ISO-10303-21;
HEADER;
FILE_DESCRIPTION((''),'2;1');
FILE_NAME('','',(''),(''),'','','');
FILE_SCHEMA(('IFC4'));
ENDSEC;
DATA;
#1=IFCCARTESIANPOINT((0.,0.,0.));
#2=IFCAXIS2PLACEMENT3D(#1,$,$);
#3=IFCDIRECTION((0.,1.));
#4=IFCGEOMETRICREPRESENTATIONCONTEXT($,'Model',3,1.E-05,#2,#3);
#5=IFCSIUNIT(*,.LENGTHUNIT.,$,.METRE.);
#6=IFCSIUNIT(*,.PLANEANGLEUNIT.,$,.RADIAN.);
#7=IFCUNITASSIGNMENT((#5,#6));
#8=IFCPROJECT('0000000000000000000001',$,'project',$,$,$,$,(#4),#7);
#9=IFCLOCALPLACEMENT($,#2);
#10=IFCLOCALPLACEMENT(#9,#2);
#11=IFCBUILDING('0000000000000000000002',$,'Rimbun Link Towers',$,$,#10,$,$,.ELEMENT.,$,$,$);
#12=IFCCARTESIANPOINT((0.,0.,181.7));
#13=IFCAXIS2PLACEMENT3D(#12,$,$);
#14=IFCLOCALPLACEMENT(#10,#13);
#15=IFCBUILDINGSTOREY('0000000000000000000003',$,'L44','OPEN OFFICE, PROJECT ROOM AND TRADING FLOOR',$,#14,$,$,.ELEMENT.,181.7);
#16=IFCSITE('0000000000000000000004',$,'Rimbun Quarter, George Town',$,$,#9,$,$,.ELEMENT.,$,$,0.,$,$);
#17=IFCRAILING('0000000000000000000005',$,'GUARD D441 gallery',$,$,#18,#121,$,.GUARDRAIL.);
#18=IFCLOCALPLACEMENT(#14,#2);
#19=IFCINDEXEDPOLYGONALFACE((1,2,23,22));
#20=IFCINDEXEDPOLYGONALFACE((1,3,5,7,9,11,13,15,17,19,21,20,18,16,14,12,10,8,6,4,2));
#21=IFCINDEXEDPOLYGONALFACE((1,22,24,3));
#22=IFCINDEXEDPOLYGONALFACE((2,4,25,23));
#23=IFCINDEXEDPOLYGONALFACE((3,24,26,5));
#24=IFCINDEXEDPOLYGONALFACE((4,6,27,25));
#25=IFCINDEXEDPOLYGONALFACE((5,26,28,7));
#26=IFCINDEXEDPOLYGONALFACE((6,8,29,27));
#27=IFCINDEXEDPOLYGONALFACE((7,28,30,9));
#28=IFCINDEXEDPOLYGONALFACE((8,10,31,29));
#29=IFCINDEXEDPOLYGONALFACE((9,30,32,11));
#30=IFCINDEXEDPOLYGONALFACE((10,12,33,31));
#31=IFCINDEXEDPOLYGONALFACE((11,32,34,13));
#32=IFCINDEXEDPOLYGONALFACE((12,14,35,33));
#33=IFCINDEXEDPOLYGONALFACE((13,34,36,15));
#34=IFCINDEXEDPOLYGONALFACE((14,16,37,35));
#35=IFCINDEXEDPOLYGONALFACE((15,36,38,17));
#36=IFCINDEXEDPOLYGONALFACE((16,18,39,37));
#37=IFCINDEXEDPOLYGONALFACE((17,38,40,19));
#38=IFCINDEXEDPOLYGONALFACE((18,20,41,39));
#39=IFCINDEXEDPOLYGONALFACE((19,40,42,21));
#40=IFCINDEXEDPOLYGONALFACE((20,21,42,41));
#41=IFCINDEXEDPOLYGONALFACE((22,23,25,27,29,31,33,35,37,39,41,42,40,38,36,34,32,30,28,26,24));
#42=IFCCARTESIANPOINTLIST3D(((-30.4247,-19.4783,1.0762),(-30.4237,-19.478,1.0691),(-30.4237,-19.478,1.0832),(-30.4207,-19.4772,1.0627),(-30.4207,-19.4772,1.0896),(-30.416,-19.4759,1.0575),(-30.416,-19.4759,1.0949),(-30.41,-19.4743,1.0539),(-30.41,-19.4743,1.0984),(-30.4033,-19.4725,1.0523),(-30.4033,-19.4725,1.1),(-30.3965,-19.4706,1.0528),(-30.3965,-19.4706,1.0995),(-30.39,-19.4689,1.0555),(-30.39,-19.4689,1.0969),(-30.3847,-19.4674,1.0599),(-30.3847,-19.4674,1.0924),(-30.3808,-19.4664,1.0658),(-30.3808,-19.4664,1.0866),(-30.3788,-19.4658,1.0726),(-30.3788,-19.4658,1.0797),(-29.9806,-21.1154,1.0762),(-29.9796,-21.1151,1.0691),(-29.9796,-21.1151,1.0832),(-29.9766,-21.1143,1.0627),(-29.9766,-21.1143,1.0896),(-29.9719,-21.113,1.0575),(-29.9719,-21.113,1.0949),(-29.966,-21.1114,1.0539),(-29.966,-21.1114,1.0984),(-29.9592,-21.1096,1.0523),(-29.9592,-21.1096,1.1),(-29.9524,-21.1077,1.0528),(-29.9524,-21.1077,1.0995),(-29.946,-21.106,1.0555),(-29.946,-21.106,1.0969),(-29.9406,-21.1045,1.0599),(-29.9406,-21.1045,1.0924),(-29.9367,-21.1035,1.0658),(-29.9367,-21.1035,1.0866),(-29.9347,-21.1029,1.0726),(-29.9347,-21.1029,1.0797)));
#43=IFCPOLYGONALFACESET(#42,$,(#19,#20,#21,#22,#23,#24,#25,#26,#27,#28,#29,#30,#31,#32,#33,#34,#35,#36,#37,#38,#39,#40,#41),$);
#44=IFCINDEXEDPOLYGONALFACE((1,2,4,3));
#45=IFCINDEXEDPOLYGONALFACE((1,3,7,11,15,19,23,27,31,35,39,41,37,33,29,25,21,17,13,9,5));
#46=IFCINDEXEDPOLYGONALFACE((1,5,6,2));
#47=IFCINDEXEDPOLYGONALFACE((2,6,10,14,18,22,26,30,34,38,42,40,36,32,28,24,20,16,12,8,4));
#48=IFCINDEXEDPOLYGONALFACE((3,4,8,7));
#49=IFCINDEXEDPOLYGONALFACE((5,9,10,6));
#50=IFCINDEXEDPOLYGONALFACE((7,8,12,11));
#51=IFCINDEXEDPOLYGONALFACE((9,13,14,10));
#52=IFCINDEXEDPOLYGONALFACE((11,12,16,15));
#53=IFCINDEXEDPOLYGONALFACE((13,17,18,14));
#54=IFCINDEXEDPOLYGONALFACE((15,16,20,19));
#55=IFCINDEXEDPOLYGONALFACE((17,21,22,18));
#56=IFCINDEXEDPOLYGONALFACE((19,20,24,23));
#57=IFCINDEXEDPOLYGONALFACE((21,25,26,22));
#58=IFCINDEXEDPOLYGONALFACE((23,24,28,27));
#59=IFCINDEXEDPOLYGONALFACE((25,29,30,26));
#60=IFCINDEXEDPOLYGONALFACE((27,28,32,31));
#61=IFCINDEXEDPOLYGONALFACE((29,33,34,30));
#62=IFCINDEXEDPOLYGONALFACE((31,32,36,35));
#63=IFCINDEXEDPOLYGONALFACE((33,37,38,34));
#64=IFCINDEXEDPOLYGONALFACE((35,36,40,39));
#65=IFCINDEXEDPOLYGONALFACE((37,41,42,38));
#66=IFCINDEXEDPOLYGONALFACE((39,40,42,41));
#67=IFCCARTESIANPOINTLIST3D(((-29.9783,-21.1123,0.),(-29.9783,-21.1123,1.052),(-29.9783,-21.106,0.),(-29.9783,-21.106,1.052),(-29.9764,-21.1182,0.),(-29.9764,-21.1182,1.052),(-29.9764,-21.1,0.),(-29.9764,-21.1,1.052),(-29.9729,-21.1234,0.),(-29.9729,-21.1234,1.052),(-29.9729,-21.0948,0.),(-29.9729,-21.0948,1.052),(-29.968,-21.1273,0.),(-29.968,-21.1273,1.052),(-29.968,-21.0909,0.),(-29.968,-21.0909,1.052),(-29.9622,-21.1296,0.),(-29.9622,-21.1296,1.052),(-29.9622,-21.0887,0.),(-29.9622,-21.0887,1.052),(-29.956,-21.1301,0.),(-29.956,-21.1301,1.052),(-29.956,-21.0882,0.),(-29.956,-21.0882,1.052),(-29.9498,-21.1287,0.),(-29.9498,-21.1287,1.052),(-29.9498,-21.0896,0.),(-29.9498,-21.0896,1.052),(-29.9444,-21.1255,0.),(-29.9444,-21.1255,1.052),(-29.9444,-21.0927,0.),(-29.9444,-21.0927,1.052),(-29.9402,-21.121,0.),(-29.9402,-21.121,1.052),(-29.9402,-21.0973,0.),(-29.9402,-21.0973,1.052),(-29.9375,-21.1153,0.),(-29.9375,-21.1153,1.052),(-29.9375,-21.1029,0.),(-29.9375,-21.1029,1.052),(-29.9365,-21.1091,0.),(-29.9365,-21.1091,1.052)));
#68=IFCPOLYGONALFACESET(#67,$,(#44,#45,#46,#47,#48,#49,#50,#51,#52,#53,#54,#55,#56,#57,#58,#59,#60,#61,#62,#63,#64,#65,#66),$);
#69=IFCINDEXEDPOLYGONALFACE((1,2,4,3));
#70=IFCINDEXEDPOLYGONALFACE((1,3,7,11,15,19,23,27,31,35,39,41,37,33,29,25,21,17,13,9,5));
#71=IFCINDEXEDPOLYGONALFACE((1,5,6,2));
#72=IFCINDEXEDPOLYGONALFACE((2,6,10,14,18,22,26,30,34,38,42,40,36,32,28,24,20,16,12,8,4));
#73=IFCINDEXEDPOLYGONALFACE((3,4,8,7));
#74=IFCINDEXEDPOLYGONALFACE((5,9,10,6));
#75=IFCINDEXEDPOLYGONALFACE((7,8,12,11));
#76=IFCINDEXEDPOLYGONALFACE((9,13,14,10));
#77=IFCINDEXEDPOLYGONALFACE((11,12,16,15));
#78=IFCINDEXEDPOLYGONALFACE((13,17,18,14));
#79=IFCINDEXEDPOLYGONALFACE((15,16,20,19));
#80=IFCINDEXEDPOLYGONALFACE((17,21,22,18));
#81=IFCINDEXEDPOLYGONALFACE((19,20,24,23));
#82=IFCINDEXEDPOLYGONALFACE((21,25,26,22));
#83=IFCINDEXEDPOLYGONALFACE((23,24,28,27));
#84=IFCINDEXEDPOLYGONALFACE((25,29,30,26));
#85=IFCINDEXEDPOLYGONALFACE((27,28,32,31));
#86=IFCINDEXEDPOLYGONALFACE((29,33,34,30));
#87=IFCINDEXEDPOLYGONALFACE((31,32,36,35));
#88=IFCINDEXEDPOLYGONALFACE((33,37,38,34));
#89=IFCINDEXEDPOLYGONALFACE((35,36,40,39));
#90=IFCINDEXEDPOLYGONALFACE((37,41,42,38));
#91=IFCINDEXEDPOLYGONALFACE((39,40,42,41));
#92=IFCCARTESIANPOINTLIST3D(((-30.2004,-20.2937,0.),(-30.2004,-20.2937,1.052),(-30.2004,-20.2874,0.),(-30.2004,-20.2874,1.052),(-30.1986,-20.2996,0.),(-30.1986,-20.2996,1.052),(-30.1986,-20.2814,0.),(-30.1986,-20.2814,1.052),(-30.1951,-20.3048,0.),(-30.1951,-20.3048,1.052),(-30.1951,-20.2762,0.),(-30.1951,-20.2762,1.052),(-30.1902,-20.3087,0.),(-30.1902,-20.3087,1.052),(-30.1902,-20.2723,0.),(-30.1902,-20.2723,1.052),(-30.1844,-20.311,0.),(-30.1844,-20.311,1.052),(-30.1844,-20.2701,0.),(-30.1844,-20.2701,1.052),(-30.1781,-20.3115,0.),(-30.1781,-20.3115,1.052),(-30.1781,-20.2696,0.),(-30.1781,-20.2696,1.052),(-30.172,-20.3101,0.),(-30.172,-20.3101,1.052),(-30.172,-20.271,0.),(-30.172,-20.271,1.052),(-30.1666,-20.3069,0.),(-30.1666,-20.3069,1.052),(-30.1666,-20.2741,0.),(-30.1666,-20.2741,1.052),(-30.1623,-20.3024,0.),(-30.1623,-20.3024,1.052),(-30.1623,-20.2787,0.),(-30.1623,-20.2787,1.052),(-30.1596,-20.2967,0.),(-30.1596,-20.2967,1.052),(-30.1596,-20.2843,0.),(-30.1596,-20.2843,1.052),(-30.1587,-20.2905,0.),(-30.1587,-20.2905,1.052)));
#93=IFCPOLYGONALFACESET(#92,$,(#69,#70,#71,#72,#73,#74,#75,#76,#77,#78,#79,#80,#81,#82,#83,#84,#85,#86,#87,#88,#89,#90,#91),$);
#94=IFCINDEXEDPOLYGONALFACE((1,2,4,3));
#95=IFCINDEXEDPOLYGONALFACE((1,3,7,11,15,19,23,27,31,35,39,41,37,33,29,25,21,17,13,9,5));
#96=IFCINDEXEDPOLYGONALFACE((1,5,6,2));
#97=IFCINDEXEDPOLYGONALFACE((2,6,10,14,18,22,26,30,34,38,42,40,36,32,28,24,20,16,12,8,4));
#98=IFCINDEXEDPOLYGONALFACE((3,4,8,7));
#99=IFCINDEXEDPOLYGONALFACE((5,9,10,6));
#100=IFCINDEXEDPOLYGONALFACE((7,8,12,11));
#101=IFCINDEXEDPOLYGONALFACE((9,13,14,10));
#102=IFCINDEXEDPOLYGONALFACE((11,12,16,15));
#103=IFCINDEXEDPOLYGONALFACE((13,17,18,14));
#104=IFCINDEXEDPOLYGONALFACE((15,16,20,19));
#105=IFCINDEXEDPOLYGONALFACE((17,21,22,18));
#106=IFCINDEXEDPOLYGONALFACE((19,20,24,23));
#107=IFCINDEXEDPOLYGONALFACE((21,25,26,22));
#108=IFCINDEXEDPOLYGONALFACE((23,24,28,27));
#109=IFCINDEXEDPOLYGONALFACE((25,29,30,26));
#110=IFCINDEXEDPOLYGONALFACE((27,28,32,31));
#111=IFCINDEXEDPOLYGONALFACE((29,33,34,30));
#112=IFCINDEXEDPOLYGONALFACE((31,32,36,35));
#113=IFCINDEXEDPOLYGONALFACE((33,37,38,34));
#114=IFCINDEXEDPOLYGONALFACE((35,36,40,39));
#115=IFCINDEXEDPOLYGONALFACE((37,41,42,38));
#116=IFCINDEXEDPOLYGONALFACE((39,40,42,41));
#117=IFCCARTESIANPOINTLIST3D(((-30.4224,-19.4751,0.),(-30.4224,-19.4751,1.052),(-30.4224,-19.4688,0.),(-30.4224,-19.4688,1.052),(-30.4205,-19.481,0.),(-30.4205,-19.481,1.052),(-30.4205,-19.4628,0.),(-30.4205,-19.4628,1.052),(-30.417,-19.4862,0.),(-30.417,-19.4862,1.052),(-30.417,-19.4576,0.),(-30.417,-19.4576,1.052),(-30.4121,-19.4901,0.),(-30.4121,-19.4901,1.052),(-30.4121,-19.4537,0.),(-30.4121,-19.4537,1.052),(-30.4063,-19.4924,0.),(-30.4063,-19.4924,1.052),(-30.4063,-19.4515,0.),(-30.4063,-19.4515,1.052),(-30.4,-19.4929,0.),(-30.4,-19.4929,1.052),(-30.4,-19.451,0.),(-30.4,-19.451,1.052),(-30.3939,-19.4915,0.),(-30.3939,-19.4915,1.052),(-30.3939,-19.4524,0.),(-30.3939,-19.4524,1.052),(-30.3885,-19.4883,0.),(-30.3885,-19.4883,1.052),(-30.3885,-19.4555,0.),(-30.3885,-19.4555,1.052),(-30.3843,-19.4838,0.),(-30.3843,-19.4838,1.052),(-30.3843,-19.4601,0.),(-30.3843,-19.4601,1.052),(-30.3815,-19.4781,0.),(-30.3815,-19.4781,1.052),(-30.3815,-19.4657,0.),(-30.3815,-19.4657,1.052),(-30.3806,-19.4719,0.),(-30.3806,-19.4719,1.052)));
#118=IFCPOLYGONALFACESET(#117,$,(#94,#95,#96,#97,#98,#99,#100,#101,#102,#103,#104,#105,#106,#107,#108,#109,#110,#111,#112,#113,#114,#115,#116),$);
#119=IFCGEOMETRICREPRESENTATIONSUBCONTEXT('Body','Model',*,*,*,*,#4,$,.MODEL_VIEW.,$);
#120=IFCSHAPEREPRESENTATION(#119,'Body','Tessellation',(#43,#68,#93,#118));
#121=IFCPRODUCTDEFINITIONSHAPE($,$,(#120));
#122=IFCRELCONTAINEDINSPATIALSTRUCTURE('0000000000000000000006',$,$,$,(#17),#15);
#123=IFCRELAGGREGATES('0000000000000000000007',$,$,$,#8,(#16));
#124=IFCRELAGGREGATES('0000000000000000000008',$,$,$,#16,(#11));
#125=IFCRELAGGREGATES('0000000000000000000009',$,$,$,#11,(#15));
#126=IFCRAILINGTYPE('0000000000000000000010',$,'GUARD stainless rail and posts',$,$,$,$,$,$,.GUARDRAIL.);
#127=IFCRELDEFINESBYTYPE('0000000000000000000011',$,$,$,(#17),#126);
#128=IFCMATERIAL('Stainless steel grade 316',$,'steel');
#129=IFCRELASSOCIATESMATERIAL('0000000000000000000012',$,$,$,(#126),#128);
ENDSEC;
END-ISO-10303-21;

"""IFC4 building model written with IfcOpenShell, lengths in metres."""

from ifc_helpers import new_model, si_unit, direction, frame, origin, origin_2d, place, context, subcontext, project, spatial, circle, extrude, material, type_object, element, save


model = new_model("IFC4")

# Units and contexts
model_context = context("Model", 3, precision=1e-05, world=origin(), true_north=direction((0.0, 1.0)))
body_context = subcontext(model_context, "Body", "Model", "MODEL_VIEW")
ifc_project = project(units=[si_unit("LENGTHUNIT", "METRE"), si_unit("PLANEANGLEUNIT", "RADIAN")], contexts=[model_context])

# Site, building, storey
site_placement = place(None, origin())
site = spatial("IfcSite", under=ifc_project, at=site_placement, Name="Rimbun Quarter, George Town", CompositionType="ELEMENT", RefElevation=0.0)
building_placement = place(site_placement, origin())
building = spatial("IfcBuilding", under=site, at=building_placement, Name="Rimbun Link Towers", CompositionType="ELEMENT")
storey_placement = place(building_placement, frame((0.0, 0.0, 181.7)))
storey = spatial("IfcBuildingStorey", under=building, at=storey_placement, Name="L44", Description="OPEN OFFICE, PROJECT ROOM AND TRADING FLOOR", CompositionType="ELEMENT", Elevation=181.7)

# Railing
ifc_material_1 = material(Name="Stainless steel grade 316", Category="steel")
railing_type = type_object("IfcRailingType", Name="GUARD stainless rail and posts", PredefinedType="GUARDRAIL", material=ifc_material_1)
railing_1_placement = place(storey_placement, frame((-29.9575, -21.1091, 0.0)))
element("IfcRailing", 1, at=railing_1_placement, inside=storey, type_object=railing_type, Name="GUARD D441 gallery", PredefinedType="GUARDRAIL", context=body_context, shape_type="SweptSolid", body=[
    extrude(circle(Radius=0.0239, at=origin_2d()), frame((0.0, 0.0, 1.0762), z_axis=(-0.26179, 0.965125, 0.0), x_axis=(-0.965125, -0.26179, 0.0)), (0.0, 0.0, 1.0), 1.6963),
    extrude(circle(Radius=0.021, at=origin_2d()), origin(), (0.0, 0.0, 1.0), 1.052),
    extrude(circle(Radius=0.021, at=origin_2d()), frame((-0.2222, 0.8186, 0.0)), (0.0, 0.0, 1.0), 1.052),
    extrude(circle(Radius=0.021, at=origin_2d()), frame((-0.4441, 1.6372, 0.0)), (0.0, 0.0, 1.0), 1.052),
])

save(model, "model.ifc")
